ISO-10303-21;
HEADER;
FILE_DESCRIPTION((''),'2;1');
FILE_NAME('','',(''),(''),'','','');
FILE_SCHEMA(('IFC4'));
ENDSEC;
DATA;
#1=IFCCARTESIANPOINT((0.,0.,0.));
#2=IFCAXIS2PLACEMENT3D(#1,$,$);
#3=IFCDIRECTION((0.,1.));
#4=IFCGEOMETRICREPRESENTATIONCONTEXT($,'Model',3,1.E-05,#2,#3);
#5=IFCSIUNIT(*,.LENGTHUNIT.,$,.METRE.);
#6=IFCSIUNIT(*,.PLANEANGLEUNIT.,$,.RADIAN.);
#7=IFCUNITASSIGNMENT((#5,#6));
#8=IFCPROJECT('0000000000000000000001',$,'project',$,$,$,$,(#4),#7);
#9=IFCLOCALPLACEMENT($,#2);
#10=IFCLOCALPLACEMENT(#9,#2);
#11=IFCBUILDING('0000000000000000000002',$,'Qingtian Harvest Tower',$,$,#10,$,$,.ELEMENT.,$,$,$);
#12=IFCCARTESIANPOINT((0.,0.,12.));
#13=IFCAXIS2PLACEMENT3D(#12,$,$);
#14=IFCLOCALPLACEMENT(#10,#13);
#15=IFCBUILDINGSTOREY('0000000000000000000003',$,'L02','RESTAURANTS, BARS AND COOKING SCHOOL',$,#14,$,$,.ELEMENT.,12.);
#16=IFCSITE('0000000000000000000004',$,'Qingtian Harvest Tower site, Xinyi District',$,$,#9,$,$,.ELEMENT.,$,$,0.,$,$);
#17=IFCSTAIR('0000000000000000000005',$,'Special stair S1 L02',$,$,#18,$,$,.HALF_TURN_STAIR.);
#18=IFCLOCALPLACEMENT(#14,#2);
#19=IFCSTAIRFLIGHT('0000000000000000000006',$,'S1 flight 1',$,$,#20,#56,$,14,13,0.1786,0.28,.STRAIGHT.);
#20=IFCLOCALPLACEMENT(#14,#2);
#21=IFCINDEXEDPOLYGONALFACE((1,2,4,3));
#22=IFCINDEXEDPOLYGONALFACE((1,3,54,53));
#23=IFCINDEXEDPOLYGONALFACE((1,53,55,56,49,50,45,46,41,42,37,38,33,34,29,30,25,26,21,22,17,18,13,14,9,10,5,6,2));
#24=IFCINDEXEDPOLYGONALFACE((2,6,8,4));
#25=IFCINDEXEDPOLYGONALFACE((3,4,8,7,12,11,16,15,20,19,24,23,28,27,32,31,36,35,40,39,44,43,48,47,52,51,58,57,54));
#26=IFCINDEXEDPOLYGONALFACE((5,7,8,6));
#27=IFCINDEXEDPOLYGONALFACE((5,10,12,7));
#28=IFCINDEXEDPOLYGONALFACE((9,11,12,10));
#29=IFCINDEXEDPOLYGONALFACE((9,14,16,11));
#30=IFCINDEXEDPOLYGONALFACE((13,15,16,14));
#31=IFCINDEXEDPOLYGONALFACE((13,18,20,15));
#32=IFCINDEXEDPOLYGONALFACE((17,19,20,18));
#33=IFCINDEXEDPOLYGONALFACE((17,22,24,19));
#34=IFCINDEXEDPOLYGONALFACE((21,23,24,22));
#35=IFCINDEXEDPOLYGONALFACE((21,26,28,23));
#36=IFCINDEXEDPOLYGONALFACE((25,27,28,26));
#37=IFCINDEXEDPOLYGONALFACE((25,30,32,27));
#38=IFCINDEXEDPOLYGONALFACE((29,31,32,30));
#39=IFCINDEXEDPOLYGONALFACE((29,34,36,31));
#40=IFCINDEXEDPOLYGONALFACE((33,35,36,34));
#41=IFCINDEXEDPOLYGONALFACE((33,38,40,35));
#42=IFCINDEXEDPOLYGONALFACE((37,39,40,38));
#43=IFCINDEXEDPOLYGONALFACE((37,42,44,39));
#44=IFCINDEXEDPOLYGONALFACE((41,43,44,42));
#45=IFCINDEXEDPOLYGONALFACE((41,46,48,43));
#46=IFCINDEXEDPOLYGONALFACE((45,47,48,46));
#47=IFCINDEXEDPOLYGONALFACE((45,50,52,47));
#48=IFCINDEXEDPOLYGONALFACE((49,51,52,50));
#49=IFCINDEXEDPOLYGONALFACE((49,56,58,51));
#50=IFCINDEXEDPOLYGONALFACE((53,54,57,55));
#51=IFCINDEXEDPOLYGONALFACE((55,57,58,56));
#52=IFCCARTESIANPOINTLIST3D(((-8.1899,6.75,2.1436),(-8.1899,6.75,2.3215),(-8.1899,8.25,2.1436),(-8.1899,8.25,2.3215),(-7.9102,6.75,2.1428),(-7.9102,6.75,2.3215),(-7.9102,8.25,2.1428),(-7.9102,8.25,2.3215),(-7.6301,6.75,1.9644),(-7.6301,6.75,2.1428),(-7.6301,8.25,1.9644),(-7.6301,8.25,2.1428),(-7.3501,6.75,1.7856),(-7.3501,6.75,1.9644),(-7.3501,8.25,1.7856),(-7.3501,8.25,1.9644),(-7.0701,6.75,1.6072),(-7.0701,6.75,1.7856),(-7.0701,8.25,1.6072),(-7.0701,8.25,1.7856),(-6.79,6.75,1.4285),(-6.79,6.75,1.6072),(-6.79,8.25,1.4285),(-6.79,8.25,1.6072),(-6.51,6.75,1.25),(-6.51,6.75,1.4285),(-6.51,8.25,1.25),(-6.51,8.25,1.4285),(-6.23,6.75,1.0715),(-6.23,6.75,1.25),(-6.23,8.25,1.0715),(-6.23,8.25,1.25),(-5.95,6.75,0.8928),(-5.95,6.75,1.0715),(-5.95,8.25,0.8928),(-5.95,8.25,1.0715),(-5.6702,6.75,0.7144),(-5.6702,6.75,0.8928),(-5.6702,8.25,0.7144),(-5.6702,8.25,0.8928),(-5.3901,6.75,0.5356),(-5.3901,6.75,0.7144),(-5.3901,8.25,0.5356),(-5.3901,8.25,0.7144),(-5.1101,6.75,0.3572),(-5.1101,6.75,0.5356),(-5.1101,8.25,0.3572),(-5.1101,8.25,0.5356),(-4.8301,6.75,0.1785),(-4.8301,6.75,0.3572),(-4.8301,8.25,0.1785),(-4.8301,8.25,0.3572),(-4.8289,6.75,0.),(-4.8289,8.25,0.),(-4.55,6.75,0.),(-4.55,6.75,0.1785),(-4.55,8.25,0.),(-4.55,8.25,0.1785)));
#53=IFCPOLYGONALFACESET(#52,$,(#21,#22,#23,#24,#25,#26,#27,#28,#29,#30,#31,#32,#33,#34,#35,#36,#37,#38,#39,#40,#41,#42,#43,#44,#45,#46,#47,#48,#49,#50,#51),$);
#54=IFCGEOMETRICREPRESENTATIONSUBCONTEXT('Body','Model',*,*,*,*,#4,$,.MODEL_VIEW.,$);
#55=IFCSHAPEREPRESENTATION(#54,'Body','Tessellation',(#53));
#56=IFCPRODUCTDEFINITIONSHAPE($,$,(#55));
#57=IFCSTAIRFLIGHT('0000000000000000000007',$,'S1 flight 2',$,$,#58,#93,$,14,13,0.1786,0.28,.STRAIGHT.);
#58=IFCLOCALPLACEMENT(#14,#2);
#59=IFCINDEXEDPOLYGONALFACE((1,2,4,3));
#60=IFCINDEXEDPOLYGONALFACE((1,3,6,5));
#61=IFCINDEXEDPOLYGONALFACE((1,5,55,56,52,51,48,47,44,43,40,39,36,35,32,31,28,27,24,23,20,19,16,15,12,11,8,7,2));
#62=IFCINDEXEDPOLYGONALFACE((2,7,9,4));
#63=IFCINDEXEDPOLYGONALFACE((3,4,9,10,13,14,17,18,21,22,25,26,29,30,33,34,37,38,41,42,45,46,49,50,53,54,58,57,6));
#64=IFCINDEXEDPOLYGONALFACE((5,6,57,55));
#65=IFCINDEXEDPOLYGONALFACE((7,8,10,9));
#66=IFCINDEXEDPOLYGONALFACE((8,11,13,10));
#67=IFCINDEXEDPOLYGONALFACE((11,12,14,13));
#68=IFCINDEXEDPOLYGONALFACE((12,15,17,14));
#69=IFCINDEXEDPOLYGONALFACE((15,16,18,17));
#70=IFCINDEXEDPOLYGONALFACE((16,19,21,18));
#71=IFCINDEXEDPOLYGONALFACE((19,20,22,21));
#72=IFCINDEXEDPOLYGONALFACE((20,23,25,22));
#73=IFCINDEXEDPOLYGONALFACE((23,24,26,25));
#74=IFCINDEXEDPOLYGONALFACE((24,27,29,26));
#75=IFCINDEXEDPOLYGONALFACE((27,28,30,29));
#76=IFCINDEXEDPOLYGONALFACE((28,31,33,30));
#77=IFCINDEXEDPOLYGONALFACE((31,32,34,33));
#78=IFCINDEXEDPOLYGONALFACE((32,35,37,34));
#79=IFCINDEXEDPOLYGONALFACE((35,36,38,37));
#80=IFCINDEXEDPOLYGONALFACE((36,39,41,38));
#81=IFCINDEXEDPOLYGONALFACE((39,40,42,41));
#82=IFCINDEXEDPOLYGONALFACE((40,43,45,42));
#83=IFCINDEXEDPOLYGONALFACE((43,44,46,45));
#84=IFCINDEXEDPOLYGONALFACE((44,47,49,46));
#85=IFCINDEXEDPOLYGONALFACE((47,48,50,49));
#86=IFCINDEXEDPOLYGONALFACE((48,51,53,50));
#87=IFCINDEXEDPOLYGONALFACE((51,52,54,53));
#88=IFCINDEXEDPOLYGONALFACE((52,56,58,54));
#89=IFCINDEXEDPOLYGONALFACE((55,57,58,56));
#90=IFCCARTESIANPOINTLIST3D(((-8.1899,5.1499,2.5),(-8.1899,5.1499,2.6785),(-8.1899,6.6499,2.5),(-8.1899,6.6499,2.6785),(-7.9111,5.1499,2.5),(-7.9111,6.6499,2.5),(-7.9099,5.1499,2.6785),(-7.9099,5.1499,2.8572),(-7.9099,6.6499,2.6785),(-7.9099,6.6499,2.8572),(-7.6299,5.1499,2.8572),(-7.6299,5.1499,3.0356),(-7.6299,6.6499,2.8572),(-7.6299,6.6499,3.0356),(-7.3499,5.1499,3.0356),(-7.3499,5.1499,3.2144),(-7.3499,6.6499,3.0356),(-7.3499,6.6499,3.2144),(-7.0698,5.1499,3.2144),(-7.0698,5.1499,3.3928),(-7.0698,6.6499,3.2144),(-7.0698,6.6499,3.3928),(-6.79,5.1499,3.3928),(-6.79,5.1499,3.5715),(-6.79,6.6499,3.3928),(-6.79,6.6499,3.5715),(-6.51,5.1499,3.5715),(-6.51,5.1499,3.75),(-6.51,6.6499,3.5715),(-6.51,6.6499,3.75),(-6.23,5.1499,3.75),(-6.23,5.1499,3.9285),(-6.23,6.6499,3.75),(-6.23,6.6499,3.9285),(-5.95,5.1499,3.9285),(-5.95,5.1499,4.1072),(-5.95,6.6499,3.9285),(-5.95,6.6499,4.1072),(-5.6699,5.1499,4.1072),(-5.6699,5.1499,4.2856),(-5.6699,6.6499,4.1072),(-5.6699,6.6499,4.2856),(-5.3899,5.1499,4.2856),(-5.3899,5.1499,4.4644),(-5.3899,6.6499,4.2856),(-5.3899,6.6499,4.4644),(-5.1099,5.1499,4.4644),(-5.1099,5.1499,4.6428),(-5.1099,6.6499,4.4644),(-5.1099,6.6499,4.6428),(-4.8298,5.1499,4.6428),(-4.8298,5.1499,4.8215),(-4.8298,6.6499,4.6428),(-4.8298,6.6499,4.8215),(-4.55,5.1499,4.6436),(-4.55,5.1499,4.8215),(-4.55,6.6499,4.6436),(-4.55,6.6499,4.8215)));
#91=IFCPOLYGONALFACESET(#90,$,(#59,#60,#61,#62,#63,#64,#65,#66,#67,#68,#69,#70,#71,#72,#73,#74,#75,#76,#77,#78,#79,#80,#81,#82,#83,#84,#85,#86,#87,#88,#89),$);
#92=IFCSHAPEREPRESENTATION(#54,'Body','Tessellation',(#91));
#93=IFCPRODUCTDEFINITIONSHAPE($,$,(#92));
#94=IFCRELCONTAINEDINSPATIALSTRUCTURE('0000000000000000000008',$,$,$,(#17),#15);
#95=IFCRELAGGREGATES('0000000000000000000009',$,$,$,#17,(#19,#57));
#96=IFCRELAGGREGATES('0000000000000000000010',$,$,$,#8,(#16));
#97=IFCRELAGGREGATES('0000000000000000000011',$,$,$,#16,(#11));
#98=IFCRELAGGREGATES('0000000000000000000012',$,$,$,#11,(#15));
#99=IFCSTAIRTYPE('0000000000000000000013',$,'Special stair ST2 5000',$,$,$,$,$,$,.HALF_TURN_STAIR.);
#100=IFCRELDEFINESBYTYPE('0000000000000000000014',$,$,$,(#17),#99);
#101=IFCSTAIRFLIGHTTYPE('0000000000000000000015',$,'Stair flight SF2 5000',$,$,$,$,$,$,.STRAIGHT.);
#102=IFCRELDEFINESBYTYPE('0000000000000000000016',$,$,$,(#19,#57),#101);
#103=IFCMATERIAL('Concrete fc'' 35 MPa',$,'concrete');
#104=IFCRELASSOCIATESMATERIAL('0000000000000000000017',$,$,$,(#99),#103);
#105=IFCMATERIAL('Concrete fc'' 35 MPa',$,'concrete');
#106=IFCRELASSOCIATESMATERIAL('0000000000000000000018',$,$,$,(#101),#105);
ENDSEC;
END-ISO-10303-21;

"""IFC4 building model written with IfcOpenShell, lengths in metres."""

from ifc_helpers import new_model, si_unit, direction, frame, origin, place, context, subcontext, project, spatial, polyline, outline, extrude, material, type_object, element, aggregate, save


model = new_model("IFC4")

# Units and contexts
model_context = context("Model", 3, precision=1e-05, world=origin(), true_north=direction((0.0, 1.0)))
body_context = subcontext(model_context, "Body", "Model", "MODEL_VIEW")
ifc_project = project(units=[si_unit("LENGTHUNIT", "METRE"), si_unit("PLANEANGLEUNIT", "RADIAN")], contexts=[model_context])

# Site, building, storey
site_placement = place(None, origin())
site = spatial("IfcSite", under=ifc_project, at=site_placement, Name="Qingtian Harvest Tower site, Xinyi District", CompositionType="ELEMENT", RefElevation=0.0)
building_placement = place(site_placement, origin())
building = spatial("IfcBuilding", under=site, at=building_placement, Name="Qingtian Harvest Tower", CompositionType="ELEMENT")
storey_placement = place(building_placement, frame((0.0, 0.0, 12.0)))
storey = spatial("IfcBuildingStorey", under=building, at=storey_placement, Name="L02", Description="RESTAURANTS, BARS AND COOKING SCHOOL", CompositionType="ELEMENT", Elevation=12.0)

# Stair, stair flights
ifc_material_1 = material(Name="Concrete fc' 35 MPa", Category="concrete")
stair_type = type_object("IfcStairType", Name="Special stair ST2 5000", PredefinedType="HALF_TURN_STAIR", material=ifc_material_1)
stair_placement = place(storey_placement, origin())
stair = element("IfcStair", 1, at=stair_placement, inside=storey, type_object=stair_type, Name="Special stair S1 L02", PredefinedType="HALF_TURN_STAIR")
ifc_material_2 = material(Name="Concrete fc' 35 MPa", Category="concrete")
stair_flight_type = type_object("IfcStairFlightType", Name="Stair flight SF2 5000", PredefinedType="STRAIGHT", material=ifc_material_2)
stair_flight_1_placement = place(storey_placement, frame((-4.55, 7.5, 0.0), z_axis=(0.0, 0.0, 1.0), x_axis=(-1.0, 0.0, 0.0)))
stair_flight_1 = element("IfcStairFlight", 2, at=stair_flight_1_placement, type_object=stair_flight_type, Name="S1 flight 1", NumberOfRisers=14, NumberOfTreads=13, PredefinedType="STRAIGHT", RiserHeight=0.1786, TreadLength=0.28, context=body_context, shape_type="SweptSolid", body=[
    extrude(outline(polyline([(0.0, 0.0), (0.0, 0.1785), (0.28, 0.1785), (0.28, 0.3572), (0.5601, 0.3572), (0.5601, 0.5356), (0.8401, 0.5356), (0.8401, 0.7144), (1.1201, 0.7144), (1.1201, 0.8928), (1.3999, 0.8928), (1.3999, 1.0715), (1.6799, 1.0715), (1.6799, 1.25), (1.96, 1.25), (1.96, 1.4285), (2.24, 1.4285), (2.24, 1.6072), (2.52, 1.6072), (2.52, 1.7856), (2.8, 1.7856), (2.8, 1.9644), (3.0801, 1.9644), (3.0801, 2.1428), (3.3601, 2.1428), (3.3601, 2.3215), (3.6399, 2.3215), (3.6399, 2.5), (3.6399, 2.1436), (0.2788, 0.0), (0.0, 0.0)])), frame((0.0, 0.75, 0.0), z_axis=(0.0, -1.0, 0.0), x_axis=(1.0, 0.0, 0.0)), (0.0, 0.0, 1.0), 1.5),
])
stair_flight_2_placement = place(storey_placement, frame((-8.1899, 5.8999, 2.5), z_axis=(0.0, 0.0, 1.0), x_axis=(1.0, 0.0, 0.0)))
stair_flight_2 = element("IfcStairFlight", 3, at=stair_flight_2_placement, type_object=stair_flight_type, Name="S1 flight 2", NumberOfRisers=14, NumberOfTreads=13, PredefinedType="STRAIGHT", RiserHeight=0.1786, TreadLength=0.28, context=body_context, shape_type="SweptSolid", body=[
    extrude(outline(polyline([(0.0, 0.0), (0.0, 0.1785), (0.28, 0.1785), (0.28, 0.3572), (0.5601, 0.3572), (0.5601, 0.5356), (0.8401, 0.5356), (0.8401, 0.7144), (1.1201, 0.7144), (1.1201, 0.8928), (1.3999, 0.8928), (1.3999, 1.0715), (1.6799, 1.0715), (1.6799, 1.25), (1.96, 1.25), (1.96, 1.4285), (2.24, 1.4285), (2.24, 1.6072), (2.52, 1.6072), (2.52, 1.7856), (2.8, 1.7856), (2.8, 1.9644), (3.0801, 1.9644), (3.0801, 2.1428), (3.3601, 2.1428), (3.3601, 2.3215), (3.6399, 2.3215), (3.6399, 2.5), (3.6399, 2.1436), (0.2788, 0.0), (0.0, 0.0)])), frame((0.0, 0.75, 0.0), z_axis=(0.0, -1.0, 0.0), x_axis=(1.0, 0.0, 0.0)), (0.0, 0.0, 1.0), 1.5),
])
aggregate(stair, [stair_flight_1, stair_flight_2])

save(model, "model.ifc")
